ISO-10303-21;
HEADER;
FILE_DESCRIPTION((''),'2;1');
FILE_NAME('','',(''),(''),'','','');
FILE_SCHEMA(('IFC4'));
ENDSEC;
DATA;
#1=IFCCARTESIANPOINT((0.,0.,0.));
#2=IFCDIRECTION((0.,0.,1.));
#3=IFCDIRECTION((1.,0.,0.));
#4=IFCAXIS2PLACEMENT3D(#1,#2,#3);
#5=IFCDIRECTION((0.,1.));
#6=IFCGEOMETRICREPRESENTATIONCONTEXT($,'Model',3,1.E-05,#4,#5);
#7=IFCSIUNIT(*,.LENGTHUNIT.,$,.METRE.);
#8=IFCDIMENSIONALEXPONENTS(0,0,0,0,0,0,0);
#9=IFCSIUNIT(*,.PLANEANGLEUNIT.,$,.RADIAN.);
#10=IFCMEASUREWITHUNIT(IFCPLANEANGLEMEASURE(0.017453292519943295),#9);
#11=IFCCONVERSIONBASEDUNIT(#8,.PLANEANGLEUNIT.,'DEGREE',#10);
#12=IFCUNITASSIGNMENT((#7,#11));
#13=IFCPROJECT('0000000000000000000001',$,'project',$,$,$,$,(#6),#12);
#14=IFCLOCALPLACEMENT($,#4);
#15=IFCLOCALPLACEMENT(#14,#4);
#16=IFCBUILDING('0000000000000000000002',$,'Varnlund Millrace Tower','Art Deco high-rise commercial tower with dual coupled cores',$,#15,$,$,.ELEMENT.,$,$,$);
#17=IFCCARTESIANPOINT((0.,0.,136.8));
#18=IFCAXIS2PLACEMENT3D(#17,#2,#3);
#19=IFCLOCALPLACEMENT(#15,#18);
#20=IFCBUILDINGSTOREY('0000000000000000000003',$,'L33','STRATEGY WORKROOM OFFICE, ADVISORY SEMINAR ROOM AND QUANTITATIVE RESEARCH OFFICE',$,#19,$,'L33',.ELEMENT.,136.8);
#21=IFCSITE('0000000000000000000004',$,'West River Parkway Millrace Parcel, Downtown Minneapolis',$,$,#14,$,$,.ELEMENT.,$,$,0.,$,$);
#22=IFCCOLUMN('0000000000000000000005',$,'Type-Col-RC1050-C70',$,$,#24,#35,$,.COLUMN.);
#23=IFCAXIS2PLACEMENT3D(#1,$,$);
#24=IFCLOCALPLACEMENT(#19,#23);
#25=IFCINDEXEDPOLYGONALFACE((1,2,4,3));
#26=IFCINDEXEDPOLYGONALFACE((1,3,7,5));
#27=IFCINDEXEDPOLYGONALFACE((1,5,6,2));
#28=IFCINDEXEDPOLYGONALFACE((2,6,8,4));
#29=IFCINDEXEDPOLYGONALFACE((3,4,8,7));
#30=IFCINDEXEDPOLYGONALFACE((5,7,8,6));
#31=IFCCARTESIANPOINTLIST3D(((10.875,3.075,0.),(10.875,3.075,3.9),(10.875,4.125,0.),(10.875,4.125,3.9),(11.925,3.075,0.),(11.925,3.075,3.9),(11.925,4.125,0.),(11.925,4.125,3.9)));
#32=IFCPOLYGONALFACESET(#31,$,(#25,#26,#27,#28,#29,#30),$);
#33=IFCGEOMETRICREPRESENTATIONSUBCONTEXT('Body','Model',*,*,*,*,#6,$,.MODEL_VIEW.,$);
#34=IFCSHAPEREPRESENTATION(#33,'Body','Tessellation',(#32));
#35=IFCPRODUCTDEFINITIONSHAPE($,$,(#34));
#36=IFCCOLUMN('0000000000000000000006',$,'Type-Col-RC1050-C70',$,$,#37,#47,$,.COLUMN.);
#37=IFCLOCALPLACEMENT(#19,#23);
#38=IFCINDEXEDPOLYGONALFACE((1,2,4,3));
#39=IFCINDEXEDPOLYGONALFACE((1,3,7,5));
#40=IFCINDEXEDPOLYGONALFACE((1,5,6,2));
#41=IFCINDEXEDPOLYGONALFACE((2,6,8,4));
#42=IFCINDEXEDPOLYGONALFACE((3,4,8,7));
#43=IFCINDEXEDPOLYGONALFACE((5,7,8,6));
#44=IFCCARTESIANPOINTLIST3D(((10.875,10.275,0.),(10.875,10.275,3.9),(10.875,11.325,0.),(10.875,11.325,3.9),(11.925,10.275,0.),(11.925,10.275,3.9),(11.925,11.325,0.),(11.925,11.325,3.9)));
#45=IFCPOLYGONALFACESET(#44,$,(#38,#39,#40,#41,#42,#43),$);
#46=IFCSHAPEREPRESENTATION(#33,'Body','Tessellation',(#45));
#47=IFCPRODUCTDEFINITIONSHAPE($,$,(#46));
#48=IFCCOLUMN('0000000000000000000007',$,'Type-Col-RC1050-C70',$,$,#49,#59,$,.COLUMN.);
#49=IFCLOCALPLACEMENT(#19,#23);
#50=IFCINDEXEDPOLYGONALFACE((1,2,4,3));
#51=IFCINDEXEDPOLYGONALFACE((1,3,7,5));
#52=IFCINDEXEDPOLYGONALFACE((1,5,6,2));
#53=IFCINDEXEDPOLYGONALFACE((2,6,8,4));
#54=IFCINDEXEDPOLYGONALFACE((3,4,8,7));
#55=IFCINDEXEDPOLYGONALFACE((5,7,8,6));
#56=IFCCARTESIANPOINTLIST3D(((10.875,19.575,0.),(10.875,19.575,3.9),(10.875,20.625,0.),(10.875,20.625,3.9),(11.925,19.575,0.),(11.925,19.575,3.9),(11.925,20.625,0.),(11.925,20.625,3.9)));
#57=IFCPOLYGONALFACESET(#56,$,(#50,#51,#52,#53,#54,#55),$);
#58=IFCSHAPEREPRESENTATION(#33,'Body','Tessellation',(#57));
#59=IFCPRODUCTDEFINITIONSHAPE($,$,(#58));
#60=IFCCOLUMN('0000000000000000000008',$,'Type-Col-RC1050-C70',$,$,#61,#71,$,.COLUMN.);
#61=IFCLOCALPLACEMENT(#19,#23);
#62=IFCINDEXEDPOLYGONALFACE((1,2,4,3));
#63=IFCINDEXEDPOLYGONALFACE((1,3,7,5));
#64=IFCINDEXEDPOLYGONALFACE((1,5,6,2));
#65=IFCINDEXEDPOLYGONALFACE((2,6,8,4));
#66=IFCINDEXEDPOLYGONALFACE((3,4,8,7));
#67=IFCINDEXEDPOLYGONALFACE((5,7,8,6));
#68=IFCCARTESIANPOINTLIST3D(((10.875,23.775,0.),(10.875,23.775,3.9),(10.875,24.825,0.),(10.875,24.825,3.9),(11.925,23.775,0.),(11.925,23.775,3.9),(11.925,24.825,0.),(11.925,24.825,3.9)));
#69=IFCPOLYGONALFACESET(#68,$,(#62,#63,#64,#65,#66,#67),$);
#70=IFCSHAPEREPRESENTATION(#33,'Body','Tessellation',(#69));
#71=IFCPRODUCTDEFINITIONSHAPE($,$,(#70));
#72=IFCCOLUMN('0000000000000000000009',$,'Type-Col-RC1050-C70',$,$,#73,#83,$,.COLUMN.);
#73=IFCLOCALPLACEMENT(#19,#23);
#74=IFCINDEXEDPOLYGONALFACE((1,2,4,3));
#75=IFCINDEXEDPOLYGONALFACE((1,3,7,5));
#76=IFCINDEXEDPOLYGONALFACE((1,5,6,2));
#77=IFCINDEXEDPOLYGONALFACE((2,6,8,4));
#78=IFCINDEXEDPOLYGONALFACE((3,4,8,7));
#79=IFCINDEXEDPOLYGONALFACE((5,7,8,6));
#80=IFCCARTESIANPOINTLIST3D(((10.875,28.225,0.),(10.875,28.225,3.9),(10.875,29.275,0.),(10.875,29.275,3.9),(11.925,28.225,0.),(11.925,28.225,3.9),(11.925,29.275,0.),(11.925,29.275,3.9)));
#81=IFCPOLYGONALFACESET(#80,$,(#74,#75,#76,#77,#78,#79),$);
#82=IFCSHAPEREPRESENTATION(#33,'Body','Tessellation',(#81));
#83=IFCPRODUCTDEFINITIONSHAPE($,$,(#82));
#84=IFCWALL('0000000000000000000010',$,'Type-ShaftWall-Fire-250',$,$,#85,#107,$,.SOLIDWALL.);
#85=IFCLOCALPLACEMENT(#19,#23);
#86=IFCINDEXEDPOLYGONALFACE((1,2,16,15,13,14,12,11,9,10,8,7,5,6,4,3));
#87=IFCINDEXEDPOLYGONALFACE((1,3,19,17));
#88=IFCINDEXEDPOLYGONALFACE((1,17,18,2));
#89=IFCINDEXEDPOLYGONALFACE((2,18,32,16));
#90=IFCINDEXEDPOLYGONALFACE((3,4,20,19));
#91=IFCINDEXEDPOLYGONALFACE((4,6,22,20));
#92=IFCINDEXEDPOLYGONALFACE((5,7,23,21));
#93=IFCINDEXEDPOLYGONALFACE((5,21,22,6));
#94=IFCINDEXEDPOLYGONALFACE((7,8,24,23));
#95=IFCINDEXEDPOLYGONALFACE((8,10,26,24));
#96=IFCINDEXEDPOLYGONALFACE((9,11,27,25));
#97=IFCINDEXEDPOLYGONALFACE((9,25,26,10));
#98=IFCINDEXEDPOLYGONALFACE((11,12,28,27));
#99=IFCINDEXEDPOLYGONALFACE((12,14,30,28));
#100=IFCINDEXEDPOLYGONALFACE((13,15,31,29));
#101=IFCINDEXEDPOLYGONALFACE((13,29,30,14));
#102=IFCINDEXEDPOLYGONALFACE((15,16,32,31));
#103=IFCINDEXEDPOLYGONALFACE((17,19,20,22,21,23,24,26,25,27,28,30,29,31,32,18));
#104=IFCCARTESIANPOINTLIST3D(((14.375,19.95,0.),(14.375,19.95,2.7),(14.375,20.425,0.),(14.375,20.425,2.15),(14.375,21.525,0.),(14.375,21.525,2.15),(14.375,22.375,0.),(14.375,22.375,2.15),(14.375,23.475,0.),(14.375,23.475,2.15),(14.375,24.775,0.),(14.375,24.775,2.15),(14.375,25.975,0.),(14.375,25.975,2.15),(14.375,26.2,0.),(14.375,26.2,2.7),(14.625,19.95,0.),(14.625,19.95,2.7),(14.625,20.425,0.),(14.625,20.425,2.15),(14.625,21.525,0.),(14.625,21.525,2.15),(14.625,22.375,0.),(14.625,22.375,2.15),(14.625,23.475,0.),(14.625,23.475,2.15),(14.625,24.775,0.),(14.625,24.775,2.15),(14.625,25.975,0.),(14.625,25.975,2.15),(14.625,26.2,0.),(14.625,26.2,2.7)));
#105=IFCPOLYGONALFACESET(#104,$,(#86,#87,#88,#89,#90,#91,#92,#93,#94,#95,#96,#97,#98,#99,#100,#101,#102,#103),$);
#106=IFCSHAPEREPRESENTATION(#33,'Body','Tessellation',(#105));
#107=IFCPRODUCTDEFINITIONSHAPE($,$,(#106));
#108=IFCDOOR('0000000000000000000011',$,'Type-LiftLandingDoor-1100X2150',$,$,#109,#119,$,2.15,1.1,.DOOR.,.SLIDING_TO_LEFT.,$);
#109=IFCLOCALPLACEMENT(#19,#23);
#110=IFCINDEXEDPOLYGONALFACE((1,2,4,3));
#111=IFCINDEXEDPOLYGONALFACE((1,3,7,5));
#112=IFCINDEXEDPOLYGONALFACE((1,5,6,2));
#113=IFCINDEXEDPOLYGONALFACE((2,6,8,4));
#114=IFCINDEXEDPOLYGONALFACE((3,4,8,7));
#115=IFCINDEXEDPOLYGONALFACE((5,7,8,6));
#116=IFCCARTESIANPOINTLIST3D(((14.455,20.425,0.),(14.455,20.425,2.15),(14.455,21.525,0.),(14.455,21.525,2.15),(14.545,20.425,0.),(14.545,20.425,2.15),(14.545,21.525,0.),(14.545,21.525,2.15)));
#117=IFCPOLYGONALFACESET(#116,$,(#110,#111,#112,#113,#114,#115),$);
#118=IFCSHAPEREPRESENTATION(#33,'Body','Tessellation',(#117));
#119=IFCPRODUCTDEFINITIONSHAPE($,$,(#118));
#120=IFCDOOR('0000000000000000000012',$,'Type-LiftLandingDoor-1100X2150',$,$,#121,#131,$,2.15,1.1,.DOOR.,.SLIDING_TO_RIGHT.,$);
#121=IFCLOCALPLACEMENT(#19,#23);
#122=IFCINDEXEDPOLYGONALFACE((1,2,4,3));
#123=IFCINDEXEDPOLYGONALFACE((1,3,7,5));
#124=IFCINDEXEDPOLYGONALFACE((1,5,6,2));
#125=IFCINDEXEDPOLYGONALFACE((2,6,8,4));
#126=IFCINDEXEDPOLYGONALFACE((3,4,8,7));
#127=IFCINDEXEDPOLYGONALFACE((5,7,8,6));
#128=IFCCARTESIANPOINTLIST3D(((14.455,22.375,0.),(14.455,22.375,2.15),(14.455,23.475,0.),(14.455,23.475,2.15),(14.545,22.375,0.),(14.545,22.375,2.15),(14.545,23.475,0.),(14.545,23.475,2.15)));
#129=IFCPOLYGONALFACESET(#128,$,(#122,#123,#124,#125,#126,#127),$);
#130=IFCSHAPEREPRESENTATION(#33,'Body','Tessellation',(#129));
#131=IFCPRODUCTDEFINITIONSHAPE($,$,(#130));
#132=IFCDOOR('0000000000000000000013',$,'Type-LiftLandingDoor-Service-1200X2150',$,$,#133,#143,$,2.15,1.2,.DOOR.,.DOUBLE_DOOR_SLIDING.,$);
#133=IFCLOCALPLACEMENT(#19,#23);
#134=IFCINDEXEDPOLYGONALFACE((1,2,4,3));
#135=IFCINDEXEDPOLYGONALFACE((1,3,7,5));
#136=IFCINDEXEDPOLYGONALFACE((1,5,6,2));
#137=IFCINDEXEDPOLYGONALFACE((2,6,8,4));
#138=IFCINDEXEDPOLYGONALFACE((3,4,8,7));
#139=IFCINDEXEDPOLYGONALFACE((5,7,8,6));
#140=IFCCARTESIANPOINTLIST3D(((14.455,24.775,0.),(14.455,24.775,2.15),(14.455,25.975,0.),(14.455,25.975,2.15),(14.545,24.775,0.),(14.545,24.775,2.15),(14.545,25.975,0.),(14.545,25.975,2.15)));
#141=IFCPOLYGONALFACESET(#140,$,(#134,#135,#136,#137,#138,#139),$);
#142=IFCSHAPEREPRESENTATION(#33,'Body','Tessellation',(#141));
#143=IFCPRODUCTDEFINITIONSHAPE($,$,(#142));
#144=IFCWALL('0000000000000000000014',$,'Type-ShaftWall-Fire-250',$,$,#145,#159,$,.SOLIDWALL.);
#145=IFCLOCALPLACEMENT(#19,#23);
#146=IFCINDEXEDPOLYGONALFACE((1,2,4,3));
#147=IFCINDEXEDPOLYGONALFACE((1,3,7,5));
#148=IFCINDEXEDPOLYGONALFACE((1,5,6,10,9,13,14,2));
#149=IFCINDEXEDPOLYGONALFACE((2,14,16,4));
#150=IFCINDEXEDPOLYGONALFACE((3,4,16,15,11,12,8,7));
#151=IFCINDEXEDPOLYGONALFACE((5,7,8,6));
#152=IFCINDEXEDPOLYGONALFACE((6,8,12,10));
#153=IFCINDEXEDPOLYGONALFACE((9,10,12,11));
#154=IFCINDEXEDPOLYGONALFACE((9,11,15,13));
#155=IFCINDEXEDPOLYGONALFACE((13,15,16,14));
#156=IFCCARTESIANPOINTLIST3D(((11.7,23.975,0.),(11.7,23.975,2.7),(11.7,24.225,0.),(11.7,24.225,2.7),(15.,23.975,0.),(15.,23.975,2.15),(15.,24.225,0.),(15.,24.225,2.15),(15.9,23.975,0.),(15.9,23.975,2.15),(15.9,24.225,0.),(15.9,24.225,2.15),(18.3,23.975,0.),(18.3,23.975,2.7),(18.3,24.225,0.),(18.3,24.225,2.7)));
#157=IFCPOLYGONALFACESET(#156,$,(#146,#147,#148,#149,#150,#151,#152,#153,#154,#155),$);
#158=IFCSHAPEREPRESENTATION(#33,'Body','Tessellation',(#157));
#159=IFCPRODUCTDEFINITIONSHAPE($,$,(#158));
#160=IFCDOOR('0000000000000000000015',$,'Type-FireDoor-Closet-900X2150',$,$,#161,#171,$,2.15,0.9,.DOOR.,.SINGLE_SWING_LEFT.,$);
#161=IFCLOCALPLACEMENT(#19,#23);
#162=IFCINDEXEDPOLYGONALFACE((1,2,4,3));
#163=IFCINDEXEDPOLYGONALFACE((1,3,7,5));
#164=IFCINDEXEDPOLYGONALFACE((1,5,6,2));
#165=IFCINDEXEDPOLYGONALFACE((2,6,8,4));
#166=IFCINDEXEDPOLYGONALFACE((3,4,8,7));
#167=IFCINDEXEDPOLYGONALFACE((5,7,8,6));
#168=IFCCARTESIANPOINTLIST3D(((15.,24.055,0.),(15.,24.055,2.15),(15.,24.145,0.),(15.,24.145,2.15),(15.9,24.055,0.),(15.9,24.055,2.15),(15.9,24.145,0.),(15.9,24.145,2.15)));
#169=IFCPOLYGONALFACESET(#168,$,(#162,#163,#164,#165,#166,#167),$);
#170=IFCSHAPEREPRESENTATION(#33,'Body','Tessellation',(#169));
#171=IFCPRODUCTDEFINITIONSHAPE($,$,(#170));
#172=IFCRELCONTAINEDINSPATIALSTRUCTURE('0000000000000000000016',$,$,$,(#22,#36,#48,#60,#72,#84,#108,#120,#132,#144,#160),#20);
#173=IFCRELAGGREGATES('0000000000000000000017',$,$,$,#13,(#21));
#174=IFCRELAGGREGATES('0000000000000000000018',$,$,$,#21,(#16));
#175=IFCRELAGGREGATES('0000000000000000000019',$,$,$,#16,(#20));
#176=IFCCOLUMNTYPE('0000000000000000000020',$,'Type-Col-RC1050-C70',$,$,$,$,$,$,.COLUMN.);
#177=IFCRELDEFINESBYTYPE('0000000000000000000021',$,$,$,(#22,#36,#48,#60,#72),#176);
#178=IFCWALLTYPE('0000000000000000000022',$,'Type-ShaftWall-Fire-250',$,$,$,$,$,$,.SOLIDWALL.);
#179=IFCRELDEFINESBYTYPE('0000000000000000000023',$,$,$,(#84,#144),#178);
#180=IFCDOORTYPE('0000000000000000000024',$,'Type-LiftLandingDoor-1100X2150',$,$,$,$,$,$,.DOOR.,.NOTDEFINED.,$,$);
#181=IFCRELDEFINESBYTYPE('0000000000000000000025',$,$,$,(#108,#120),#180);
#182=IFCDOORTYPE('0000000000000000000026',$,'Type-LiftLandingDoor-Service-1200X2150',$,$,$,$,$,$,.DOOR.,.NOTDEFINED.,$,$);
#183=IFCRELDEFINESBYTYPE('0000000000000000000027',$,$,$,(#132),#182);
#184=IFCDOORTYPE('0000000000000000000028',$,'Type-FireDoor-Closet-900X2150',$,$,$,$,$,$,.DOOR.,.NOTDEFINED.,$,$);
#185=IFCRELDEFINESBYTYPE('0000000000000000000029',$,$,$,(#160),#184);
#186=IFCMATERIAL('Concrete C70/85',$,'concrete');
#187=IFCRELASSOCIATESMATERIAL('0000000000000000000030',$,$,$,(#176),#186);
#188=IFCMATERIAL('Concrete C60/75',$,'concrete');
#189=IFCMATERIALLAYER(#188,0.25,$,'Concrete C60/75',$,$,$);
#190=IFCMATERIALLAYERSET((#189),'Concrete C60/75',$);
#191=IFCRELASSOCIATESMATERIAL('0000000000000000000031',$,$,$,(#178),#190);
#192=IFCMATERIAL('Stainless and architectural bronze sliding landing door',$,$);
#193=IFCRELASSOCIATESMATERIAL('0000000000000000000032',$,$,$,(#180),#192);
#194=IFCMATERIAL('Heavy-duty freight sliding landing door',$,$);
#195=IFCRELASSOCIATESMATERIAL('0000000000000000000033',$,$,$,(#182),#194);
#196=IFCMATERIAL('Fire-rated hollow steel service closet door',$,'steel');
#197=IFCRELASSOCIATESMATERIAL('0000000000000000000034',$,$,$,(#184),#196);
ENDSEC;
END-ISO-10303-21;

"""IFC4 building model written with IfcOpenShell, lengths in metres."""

from ifc_helpers import new_model, entity, si_unit, converted_unit, direction, frame, origin_with_axes, origin_2d_with_axis, place, context, subcontext, project, spatial, polyline, rectangle, outline, extrude, material, layer, layer_set, material_profile, profile_set, type_object, element, fill, save


model = new_model("IFC4")

# Units and contexts
model_context = context("Model", 3, precision=1e-05, world=origin_with_axes(), true_north=direction((0.0, 1.0)))
body_context = subcontext(model_context, "Body", "Model", "MODEL_VIEW")
ifc_project = project(units=[si_unit("LENGTHUNIT", "METRE"), converted_unit("PLANEANGLEUNIT", "DEGREE", entity("IfcPlaneAngleMeasure", 0.017453292519943295), si_unit("PLANEANGLEUNIT", "RADIAN"), dimensions=[0, 0, 0, 0, 0, 0, 0])], contexts=[model_context])

# Site, building, storey
site_placement = place(None, origin_with_axes())
site = spatial("IfcSite", under=ifc_project, at=site_placement, Name="West River Parkway Millrace Parcel, Downtown Minneapolis", CompositionType="ELEMENT", RefElevation=0.0)
building_placement = place(site_placement, origin_with_axes())
building = spatial("IfcBuilding", under=site, at=building_placement, Name="Varnlund Millrace Tower", Description="Art Deco high-rise commercial tower with dual coupled cores", CompositionType="ELEMENT")
storey_placement = place(building_placement, frame((0.0, 0.0, 136.8), z_axis=(0.0, 0.0, 1.0), x_axis=(1.0, 0.0, 0.0)))
storey = spatial("IfcBuildingStorey", under=building, at=storey_placement, Name="L33", Description="STRATEGY WORKROOM OFFICE, ADVISORY SEMINAR ROOM AND QUANTITATIVE RESEARCH OFFICE", LongName="L33", CompositionType="ELEMENT", Elevation=136.8)

# Columns
ifc_material_1 = material(Name="Concrete C70/85", Category="concrete")
ifc_material_profile = material_profile(ifc_material_1, rectangle(XDim=1.05, YDim=1.05, at=origin_2d_with_axis()), Name="Concrete C70/85")
ifc_profile_set = profile_set([ifc_material_profile], Name="Concrete C70/85")
column_type = type_object("IfcColumnType", Name="Type-Col-RC1050-C70", PredefinedType="COLUMN", material=ifc_profile_set)
for number, where, z_axis, x_axis, name in (
    (1, (11.4, 3.6, 0.0), (0.0, 0.0, 1.0), (1.0, 0.0, 0.0), "Type-Col-RC1050-C70"),
    (2, (11.4, 10.8, 0.0), (0.0, 0.0, 1.0), (1.0, 0.0, 0.0), "Type-Col-RC1050-C70"),
    (3, (11.4, 20.1, 0.0), (0.0, 0.0, 1.0), (1.0, 0.0, 0.0), "Type-Col-RC1050-C70"),
    (4, (11.4, 24.3, 0.0), (0.0, 0.0, 1.0), (1.0, 0.0, 0.0), "Type-Col-RC1050-C70"),
    (5, (11.4, 28.75, 0.0), (0.0, 0.0, 1.0), (1.0, 0.0, 0.0), "Type-Col-RC1050-C70"),
):
    element("IfcColumn", number, at=place(storey_placement, frame(where, z_axis=z_axis, x_axis=x_axis)), inside=storey, type_object=column_type, Name=name, PredefinedType="COLUMN", context=body_context, shape_type="SweptSolid", body=[
        extrude(rectangle(XDim=1.05, YDim=1.05, at=origin_2d_with_axis()), origin_with_axes(), (0.0, 0.0, 1.0), 3.9),
    ])

# Wall, openings, doors
ifc_material_2 = material(Name="Concrete C60/75", Category="concrete")
ifc_layer = layer(ifc_material_2, 0.25, Name="Concrete C60/75")
ifc_layer_set = layer_set([ifc_layer], Name="Concrete C60/75")
wall_type_1 = type_object("IfcWallType", Name="Type-ShaftWall-Fire-250", PredefinedType="SOLIDWALL", material=ifc_layer_set)
wall_1_placement = place(storey_placement, frame((14.5, 19.95, 0.0), z_axis=(0.0, 0.0, 1.0), x_axis=(0.0, 1.0, 0.0)))
wall_1 = element("IfcWall", 6, at=wall_1_placement, inside=storey, type_object=wall_type_1, Name="Type-ShaftWall-Fire-250", PredefinedType="SOLIDWALL", context=body_context, shape_type="SweptSolid", body=[
    extrude(outline(polyline([(0.0, -0.125), (6.25, -0.125), (6.25, 0.125), (0.0, 0.125), (0.0, -0.125)])), origin_with_axes(), (0.0, 0.0, 1.0), 2.7),
])
opening_1_placement = place(wall_1_placement, frame((1.025, 0.0, 0.0), z_axis=(0.0, 0.0, 1.0), x_axis=(1.0, 0.0, 0.0)))
opening_1 = element("IfcOpeningElement", 7, at=opening_1_placement, cuts=wall_1, PredefinedType="OPENING", context=body_context, shape_type="SweptSolid", body=[
    extrude(rectangle(XDim=1.1, YDim=0.27, at=origin_2d_with_axis()), origin_with_axes(), (0.0, 0.0, 1.0), 2.15),
])
opening_2_placement = place(wall_1_placement, frame((2.975, 0.0, 0.0), z_axis=(0.0, 0.0, 1.0), x_axis=(1.0, 0.0, 0.0)))
opening_2 = element("IfcOpeningElement", 8, at=opening_2_placement, cuts=wall_1, PredefinedType="OPENING", context=body_context, shape_type="SweptSolid", body=[
    extrude(rectangle(XDim=1.1, YDim=0.27, at=origin_2d_with_axis()), origin_with_axes(), (0.0, 0.0, 1.0), 2.15),
])
opening_3_placement = place(wall_1_placement, frame((5.425, 0.0, 0.0), z_axis=(0.0, 0.0, 1.0), x_axis=(1.0, 0.0, 0.0)))
opening_3 = element("IfcOpeningElement", 9, at=opening_3_placement, cuts=wall_1, PredefinedType="OPENING", context=body_context, shape_type="SweptSolid", body=[
    extrude(rectangle(XDim=1.2, YDim=0.27, at=origin_2d_with_axis()), origin_with_axes(), (0.0, 0.0, 1.0), 2.15),
])
ifc_material_3 = material(Name="Stainless and architectural bronze sliding landing door")
door_type_1 = type_object("IfcDoorType", Name="Type-LiftLandingDoor-1100X2150", OperationType="NOTDEFINED", PredefinedType="DOOR", material=ifc_material_3)
door_1_placement = place(wall_1_placement, frame((1.025, 0.0, 0.0), z_axis=(0.0, 0.0, 1.0), x_axis=(1.0, 0.0, 0.0)))
door_1 = element("IfcDoor", 10, at=door_1_placement, inside=storey, type_object=door_type_1, Name="Type-LiftLandingDoor-1100X2150", OperationType="SLIDING_TO_LEFT", OverallHeight=2.15, OverallWidth=1.1, PredefinedType="DOOR", context=body_context, shape_type="SweptSolid", body=[
    extrude(rectangle(XDim=1.1, YDim=0.09, at=origin_2d_with_axis()), origin_with_axes(), (0.0, 0.0, 1.0), 2.15),
])
fill(opening_1, door_1)
door_2_placement = place(wall_1_placement, frame((2.975, 0.0, 0.0), z_axis=(0.0, 0.0, 1.0), x_axis=(1.0, 0.0, 0.0)))
door_2 = element("IfcDoor", 11, at=door_2_placement, inside=storey, type_object=door_type_1, Name="Type-LiftLandingDoor-1100X2150", OperationType="SLIDING_TO_RIGHT", OverallHeight=2.15, OverallWidth=1.1, PredefinedType="DOOR", context=body_context, shape_type="SweptSolid", body=[
    extrude(rectangle(XDim=1.1, YDim=0.09, at=origin_2d_with_axis()), origin_with_axes(), (0.0, 0.0, 1.0), 2.15),
])
fill(opening_2, door_2)
ifc_material_4 = material(Name="Heavy-duty freight sliding landing door")
door_type_2 = type_object("IfcDoorType", Name="Type-LiftLandingDoor-Service-1200X2150", OperationType="NOTDEFINED", PredefinedType="DOOR", material=ifc_material_4)
door_3_placement = place(wall_1_placement, frame((5.425, 0.0, 0.0), z_axis=(0.0, 0.0, 1.0), x_axis=(1.0, 0.0, 0.0)))
door_3 = element("IfcDoor", 12, at=door_3_placement, inside=storey, type_object=door_type_2, Name="Type-LiftLandingDoor-Service-1200X2150", OperationType="DOUBLE_DOOR_SLIDING", OverallHeight=2.15, OverallWidth=1.2, PredefinedType="DOOR", context=body_context, shape_type="SweptSolid", body=[
    extrude(rectangle(XDim=1.2, YDim=0.09, at=origin_2d_with_axis()), origin_with_axes(), (0.0, 0.0, 1.0), 2.15),
])
fill(opening_3, door_3)

# Wall, opening, door
wall_2_placement = place(storey_placement, frame((11.7, 24.1, 0.0), z_axis=(0.0, 0.0, 1.0), x_axis=(1.0, 0.0, 0.0)))
wall_2 = element("IfcWall", 13, at=wall_2_placement, inside=storey, type_object=wall_type_1, Name="Type-ShaftWall-Fire-250", PredefinedType="SOLIDWALL", context=body_context, shape_type="SweptSolid", body=[
    extrude(outline(polyline([(0.0, -0.125), (6.6, -0.125), (6.6, 0.125), (0.0, 0.125), (0.0, -0.125)])), origin_with_axes(), (0.0, 0.0, 1.0), 2.7),
])
opening_4_placement = place(wall_2_placement, frame((3.75, 0.0, 0.0), z_axis=(0.0, 0.0, 1.0), x_axis=(1.0, 0.0, 0.0)))
opening_4 = element("IfcOpeningElement", 14, at=opening_4_placement, cuts=wall_2, PredefinedType="OPENING", context=body_context, shape_type="SweptSolid", body=[
    extrude(rectangle(XDim=0.9, YDim=0.27, at=origin_2d_with_axis()), origin_with_axes(), (0.0, 0.0, 1.0), 2.15),
])
ifc_material_5 = material(Name="Fire-rated hollow steel service closet door", Category="steel")
door_type_3 = type_object("IfcDoorType", Name="Type-FireDoor-Closet-900X2150", OperationType="NOTDEFINED", PredefinedType="DOOR", material=ifc_material_5)
door_4_placement = place(wall_2_placement, frame((3.75, 0.0, 0.0), z_axis=(0.0, 0.0, 1.0), x_axis=(1.0, 0.0, 0.0)))
door_4 = element("IfcDoor", 15, at=door_4_placement, inside=storey, type_object=door_type_3, Name="Type-FireDoor-Closet-900X2150", OperationType="SINGLE_SWING_LEFT", OverallHeight=2.15, OverallWidth=0.9, PredefinedType="DOOR", context=body_context, shape_type="SweptSolid", body=[
    extrude(rectangle(XDim=0.9, YDim=0.09, at=origin_2d_with_axis()), origin_with_axes(), (0.0, 0.0, 1.0), 2.15),
])
fill(opening_4, door_4)

save(model, "model.ifc")
